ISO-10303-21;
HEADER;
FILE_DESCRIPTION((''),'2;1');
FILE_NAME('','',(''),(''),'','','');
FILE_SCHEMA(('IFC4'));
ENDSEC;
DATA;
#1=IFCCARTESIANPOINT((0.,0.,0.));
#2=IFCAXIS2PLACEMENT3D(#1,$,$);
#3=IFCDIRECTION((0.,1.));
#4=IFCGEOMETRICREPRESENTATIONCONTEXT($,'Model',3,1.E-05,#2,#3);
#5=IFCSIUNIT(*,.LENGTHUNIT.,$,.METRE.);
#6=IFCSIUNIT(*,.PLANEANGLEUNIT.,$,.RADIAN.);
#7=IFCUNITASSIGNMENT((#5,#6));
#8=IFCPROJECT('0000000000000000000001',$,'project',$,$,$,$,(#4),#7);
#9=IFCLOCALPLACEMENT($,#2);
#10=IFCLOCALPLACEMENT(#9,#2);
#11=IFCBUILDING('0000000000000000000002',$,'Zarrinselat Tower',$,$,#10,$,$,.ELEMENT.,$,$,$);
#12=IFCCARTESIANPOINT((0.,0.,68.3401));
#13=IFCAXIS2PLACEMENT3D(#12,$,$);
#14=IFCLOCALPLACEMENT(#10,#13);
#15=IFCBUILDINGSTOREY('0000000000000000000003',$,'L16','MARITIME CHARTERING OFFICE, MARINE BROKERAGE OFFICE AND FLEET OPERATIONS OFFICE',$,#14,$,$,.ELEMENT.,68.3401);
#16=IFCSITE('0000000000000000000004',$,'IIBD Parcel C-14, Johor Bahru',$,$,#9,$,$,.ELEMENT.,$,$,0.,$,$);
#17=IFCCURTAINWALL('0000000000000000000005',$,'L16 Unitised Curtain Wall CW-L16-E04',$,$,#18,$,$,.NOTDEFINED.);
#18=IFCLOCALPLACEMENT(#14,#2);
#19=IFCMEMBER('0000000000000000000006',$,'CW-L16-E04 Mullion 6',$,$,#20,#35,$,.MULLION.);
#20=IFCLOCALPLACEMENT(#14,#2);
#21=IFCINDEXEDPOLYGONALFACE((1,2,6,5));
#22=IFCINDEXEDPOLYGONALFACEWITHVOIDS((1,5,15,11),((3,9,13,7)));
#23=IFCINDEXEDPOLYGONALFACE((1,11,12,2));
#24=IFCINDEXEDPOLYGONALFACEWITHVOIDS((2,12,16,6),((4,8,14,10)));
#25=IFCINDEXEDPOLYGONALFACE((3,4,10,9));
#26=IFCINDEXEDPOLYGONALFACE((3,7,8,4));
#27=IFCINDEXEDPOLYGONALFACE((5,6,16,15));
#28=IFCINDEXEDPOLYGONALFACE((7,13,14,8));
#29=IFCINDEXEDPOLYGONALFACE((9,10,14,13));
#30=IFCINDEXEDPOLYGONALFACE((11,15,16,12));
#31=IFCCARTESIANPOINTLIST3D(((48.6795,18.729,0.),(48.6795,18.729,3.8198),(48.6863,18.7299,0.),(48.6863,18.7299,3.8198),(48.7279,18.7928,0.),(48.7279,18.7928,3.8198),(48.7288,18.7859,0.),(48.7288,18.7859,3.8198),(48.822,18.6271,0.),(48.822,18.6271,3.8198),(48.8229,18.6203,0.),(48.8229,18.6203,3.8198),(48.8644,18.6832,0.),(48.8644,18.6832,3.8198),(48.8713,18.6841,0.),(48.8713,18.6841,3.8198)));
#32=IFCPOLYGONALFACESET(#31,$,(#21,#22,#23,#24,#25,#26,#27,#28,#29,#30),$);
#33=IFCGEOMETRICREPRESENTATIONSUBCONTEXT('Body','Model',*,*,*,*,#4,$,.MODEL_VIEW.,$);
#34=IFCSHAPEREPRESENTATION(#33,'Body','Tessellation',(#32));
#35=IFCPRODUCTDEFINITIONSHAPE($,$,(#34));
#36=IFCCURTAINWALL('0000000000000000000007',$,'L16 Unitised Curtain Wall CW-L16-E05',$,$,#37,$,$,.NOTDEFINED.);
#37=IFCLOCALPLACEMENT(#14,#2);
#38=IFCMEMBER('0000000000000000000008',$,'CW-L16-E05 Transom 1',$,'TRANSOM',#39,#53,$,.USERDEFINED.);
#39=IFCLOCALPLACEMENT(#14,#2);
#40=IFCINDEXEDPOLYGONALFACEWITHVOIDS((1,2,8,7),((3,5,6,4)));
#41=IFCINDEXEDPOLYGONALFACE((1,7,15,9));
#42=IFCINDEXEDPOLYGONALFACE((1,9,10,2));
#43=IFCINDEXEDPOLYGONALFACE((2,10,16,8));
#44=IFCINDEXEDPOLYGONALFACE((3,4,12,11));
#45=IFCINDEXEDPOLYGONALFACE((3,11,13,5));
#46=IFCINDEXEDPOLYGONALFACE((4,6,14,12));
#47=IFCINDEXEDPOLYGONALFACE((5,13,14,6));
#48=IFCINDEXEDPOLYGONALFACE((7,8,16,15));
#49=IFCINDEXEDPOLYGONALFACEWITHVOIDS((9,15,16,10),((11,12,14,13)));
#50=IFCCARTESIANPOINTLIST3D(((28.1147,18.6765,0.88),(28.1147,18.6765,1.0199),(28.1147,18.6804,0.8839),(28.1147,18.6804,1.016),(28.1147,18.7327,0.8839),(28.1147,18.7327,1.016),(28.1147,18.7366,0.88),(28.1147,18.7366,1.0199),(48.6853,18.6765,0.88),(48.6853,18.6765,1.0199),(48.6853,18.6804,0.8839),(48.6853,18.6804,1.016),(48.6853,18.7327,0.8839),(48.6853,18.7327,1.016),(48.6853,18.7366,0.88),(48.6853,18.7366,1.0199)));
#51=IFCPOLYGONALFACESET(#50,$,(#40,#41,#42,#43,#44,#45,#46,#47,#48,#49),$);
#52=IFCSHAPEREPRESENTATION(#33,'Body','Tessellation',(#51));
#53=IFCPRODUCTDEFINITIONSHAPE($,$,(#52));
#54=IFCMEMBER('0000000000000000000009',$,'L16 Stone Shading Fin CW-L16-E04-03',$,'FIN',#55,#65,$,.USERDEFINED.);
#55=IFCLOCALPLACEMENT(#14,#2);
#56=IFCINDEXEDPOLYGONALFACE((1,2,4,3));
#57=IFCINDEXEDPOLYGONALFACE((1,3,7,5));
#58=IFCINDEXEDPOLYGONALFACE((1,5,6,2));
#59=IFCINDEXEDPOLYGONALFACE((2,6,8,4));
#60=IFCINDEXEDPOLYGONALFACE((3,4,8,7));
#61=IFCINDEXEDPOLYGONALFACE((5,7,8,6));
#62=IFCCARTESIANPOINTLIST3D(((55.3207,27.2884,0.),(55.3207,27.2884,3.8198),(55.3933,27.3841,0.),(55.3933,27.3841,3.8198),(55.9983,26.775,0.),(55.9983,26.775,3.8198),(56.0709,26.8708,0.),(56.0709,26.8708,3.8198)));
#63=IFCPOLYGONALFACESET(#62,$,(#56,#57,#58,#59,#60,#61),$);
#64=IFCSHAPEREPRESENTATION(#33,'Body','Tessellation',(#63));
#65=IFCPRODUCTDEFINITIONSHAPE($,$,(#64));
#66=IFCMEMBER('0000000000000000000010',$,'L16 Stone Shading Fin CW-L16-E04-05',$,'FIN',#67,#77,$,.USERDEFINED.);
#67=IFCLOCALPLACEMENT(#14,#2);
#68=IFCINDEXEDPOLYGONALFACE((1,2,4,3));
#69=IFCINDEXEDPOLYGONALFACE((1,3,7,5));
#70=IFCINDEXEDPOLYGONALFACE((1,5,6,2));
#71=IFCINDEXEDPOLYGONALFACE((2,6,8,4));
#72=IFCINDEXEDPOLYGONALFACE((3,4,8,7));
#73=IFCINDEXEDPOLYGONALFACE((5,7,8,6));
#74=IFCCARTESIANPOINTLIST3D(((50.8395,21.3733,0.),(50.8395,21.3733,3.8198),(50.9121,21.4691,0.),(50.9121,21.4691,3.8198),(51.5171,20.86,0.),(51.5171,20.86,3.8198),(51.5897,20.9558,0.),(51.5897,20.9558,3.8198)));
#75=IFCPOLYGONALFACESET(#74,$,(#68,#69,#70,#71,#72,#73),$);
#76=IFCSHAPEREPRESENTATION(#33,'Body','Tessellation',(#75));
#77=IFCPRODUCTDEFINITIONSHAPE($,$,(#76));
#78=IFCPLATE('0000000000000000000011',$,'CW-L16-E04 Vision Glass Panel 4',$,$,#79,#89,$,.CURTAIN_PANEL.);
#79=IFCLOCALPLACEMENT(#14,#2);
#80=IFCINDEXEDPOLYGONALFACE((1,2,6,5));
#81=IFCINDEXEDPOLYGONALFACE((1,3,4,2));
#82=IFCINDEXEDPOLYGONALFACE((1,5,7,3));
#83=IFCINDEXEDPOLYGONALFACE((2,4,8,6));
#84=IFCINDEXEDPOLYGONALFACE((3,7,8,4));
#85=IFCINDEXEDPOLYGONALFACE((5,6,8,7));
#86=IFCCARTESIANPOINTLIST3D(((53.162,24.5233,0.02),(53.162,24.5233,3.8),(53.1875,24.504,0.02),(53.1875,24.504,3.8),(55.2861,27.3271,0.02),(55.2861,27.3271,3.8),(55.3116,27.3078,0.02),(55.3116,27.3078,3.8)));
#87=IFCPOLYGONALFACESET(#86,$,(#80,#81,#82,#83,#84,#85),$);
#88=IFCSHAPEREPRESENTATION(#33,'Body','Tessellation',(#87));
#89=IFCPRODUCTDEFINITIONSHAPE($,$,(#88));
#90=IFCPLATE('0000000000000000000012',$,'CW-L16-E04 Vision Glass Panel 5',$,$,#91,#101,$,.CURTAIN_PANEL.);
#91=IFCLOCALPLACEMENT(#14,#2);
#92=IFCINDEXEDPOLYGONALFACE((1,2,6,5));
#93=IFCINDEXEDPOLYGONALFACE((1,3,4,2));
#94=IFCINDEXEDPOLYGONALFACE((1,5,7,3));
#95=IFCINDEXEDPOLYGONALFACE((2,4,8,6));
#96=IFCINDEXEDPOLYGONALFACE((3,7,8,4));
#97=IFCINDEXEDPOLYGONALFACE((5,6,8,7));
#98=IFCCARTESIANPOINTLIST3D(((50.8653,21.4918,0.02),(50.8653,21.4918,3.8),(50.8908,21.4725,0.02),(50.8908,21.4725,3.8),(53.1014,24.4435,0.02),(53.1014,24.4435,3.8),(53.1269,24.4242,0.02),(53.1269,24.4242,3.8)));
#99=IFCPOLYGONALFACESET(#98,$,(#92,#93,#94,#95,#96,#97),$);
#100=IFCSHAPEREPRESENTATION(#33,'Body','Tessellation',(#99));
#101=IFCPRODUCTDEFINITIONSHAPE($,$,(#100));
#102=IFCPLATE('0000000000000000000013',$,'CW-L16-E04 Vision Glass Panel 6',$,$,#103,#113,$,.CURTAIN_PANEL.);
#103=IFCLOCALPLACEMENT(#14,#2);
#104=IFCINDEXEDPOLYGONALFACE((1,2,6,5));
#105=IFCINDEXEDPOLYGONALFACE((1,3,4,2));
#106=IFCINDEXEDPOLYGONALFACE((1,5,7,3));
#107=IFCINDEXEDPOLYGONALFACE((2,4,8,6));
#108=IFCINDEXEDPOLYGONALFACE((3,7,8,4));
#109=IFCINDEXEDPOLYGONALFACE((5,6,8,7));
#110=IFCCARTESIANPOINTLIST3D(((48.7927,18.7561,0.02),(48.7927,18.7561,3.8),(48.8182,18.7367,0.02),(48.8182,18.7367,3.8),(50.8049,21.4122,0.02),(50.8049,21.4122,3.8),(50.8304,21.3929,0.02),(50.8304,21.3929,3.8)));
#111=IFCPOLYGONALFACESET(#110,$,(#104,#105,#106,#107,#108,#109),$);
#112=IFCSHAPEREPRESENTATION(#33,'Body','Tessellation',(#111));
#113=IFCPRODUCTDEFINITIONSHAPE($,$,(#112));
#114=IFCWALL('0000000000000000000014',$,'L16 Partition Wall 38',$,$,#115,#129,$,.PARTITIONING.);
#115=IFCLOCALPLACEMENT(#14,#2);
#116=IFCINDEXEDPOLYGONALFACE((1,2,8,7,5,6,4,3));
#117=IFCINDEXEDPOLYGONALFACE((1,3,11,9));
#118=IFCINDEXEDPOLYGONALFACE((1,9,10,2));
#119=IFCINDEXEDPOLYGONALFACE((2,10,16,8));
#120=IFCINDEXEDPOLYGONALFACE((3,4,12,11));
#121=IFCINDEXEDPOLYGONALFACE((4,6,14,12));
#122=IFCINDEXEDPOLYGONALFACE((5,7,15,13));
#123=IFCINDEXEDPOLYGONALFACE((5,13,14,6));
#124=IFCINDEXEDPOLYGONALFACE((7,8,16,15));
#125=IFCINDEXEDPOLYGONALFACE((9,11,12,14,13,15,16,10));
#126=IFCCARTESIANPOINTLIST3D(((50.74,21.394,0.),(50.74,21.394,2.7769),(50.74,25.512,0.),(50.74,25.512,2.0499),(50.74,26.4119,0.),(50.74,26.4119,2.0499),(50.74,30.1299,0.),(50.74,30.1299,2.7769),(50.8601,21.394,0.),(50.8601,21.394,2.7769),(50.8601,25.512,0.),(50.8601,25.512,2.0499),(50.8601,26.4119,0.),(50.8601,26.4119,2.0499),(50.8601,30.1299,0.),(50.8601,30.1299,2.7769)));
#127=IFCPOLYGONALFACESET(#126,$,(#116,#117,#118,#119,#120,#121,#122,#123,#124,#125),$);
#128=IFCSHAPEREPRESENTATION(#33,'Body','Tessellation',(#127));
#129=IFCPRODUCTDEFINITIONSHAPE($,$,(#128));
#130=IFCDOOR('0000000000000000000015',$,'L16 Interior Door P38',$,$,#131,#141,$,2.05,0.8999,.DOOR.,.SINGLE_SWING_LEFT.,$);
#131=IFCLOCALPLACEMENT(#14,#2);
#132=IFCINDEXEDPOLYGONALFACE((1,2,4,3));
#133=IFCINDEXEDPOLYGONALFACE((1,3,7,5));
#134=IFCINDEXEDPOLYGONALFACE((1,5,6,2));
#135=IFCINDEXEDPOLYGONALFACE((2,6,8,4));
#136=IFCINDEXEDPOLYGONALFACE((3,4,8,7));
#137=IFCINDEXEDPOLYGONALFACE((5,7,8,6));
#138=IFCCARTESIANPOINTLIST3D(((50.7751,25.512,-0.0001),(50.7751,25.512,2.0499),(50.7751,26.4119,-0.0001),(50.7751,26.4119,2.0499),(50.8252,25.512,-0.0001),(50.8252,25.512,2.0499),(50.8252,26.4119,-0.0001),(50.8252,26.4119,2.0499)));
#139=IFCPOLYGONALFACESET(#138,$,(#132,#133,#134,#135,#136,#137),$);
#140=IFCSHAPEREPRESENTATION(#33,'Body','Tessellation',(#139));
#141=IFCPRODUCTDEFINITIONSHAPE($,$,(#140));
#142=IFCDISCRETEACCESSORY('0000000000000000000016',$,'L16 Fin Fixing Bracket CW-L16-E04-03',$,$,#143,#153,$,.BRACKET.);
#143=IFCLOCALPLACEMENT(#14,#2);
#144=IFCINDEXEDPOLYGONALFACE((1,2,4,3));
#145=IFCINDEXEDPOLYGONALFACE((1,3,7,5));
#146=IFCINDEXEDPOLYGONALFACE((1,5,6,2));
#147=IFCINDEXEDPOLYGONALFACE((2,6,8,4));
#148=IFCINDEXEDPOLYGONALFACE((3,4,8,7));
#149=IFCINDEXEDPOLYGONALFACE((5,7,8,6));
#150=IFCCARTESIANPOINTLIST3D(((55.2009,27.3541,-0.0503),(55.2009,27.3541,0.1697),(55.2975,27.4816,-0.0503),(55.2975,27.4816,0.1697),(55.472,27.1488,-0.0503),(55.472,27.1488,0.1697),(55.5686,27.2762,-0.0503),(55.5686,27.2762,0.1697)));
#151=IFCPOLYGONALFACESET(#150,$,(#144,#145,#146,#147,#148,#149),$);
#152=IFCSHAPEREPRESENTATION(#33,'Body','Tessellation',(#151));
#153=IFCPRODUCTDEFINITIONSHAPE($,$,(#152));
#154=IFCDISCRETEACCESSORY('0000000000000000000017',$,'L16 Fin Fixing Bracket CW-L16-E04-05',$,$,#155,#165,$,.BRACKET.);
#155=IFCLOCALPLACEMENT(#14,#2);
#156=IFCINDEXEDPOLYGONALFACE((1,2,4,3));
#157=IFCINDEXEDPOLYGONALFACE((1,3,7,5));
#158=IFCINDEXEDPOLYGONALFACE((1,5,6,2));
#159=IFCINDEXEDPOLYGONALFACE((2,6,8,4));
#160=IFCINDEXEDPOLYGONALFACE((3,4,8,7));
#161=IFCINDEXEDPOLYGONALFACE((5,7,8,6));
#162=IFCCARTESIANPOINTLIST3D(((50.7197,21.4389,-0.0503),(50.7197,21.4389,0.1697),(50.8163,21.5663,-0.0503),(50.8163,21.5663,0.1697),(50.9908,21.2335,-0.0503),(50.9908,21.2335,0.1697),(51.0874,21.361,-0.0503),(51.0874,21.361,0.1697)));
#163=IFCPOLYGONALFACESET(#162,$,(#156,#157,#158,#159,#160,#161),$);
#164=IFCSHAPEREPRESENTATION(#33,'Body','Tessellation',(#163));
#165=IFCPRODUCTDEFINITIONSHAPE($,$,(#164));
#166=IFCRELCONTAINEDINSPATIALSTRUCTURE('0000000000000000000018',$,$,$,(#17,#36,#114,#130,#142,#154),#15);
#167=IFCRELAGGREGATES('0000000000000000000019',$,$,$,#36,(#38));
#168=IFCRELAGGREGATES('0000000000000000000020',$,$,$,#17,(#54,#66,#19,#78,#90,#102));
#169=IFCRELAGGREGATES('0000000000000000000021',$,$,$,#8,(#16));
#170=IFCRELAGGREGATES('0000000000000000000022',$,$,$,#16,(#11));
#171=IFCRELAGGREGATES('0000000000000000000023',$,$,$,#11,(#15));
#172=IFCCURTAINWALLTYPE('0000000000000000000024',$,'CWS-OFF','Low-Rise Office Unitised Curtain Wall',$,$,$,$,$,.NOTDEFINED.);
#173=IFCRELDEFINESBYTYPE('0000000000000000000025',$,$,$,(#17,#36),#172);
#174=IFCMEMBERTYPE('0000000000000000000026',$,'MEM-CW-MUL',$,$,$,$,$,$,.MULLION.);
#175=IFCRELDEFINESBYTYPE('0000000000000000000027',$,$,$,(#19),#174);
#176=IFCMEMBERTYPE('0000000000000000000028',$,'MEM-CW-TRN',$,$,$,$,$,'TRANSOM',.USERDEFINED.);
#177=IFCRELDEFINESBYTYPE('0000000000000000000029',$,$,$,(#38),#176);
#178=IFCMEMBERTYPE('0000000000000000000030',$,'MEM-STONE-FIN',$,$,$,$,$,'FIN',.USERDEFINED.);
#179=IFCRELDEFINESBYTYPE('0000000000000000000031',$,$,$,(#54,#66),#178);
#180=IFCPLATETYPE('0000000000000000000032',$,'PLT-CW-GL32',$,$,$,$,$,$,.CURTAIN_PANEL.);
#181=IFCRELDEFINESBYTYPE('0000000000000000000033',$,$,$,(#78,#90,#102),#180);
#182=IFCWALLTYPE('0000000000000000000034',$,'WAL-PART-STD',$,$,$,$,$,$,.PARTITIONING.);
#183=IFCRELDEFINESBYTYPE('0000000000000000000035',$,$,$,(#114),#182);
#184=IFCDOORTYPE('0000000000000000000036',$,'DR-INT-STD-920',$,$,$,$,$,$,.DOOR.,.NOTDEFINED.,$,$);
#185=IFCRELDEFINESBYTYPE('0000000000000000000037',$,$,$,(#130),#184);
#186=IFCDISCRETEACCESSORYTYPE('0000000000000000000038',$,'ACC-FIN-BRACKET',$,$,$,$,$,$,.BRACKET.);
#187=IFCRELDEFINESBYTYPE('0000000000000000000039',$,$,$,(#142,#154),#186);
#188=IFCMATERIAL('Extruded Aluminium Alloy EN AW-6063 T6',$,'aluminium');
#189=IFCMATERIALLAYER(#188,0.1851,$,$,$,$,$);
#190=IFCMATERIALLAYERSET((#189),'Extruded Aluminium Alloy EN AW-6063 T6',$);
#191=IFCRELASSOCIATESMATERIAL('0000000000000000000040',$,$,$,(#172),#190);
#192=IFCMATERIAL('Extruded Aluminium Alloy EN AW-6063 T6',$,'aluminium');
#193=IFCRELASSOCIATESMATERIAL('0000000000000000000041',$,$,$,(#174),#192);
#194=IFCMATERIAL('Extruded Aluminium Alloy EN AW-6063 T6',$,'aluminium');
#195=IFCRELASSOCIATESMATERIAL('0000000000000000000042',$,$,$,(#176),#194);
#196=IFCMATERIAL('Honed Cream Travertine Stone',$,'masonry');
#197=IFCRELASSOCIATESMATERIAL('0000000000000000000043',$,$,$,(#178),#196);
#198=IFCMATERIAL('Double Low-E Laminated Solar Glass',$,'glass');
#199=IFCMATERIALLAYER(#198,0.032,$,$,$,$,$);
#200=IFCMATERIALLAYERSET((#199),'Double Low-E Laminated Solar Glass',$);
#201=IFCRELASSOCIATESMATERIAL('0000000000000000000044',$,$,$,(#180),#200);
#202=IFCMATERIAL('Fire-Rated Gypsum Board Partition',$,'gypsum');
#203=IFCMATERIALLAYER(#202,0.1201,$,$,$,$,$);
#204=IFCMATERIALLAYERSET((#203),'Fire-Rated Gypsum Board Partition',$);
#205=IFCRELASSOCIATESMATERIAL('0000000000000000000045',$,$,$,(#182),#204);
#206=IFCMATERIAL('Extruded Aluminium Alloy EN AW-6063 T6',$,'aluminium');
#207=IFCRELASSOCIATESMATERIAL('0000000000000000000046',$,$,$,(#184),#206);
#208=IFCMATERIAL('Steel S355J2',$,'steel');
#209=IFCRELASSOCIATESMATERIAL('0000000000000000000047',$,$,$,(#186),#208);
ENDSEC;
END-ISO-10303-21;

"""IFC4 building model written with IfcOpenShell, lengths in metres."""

from ifc_helpers import new_model, si_unit, direction, frame, frame_2d, origin, origin_2d, place, context, subcontext, project, spatial, rectangle, hollow_rectangle, extrude, material, layer, layer_set, material_profile, profile_set, type_object, element, fill, aggregate, save


model = new_model("IFC4")

# Units and contexts
model_context = context("Model", 3, precision=1e-05, world=origin(), true_north=direction((0.0, 1.0)))
body_context = subcontext(model_context, "Body", "Model", "MODEL_VIEW")
ifc_project = project(units=[si_unit("LENGTHUNIT", "METRE"), si_unit("PLANEANGLEUNIT", "RADIAN")], contexts=[model_context])

# Site, building, storey
site_placement = place(None, origin())
site = spatial("IfcSite", under=ifc_project, at=site_placement, Name="IIBD Parcel C-14, Johor Bahru", CompositionType="ELEMENT", RefElevation=0.0)
building_placement = place(site_placement, origin())
building = spatial("IfcBuilding", under=site, at=building_placement, Name="Zarrinselat Tower", CompositionType="ELEMENT")
storey_placement = place(building_placement, frame((0.0, 0.0, 68.3401)))
storey = spatial("IfcBuildingStorey", under=building, at=storey_placement, Name="L16", Description="MARITIME CHARTERING OFFICE, MARINE BROKERAGE OFFICE AND FLEET OPERATIONS OFFICE", CompositionType="ELEMENT", Elevation=68.3401)

# Curtain wall, member
ifc_material_1 = material(Name="Extruded Aluminium Alloy EN AW-6063 T6", Category="aluminium")
ifc_layer_1 = layer(ifc_material_1, 0.1851)
ifc_layer_set_1 = layer_set([ifc_layer_1], Name="Extruded Aluminium Alloy EN AW-6063 T6")
curtain_wall_type = type_object("IfcCurtainWallType", Name="CWS-OFF", Description="Low-Rise Office Unitised Curtain Wall", PredefinedType="NOTDEFINED", material=ifc_layer_set_1)
curtain_wall_1_placement = place(storey_placement, origin())
curtain_wall_1 = element("IfcCurtainWall", 1, at=curtain_wall_1_placement, inside=storey, type_object=curtain_wall_type, Name="L16 Unitised Curtain Wall CW-L16-E04", PredefinedType="NOTDEFINED")
ifc_material_2 = material(Name="Extruded Aluminium Alloy EN AW-6063 T6", Category="aluminium")
ifc_material_profile_1 = material_profile(ifc_material_2, hollow_rectangle(XDim=0.0801, YDim=0.1799, WallThickness=0.0049, at=origin_2d()), Name="RHS 180x80x5")
ifc_profile_set_1 = profile_set([ifc_material_profile_1], Name="Extruded Aluminium Alloy EN AW-6063 T6")
member_type_1 = type_object("IfcMemberType", Name="MEM-CW-MUL", PredefinedType="MULLION", material=ifc_profile_set_1)
member_1_placement = place(storey_placement, frame((48.7754, 18.7065, 0.0), z_axis=(0.0, 0.0, 1.0), x_axis=(-0.603859, -0.797091, 0.0)))
member_1 = element("IfcMember", 2, at=member_1_placement, type_object=member_type_1, Name="CW-L16-E04 Mullion 6", PredefinedType="MULLION", context=body_context, shape_type="SweptSolid", body=[
    extrude(hollow_rectangle(XDim=0.0801, YDim=0.1799, WallThickness=0.0049, at=origin_2d()), origin(), (0.0, 0.0, 1.0), 3.8198),
])

# Curtain wall, member
curtain_wall_2_placement = place(storey_placement, origin())
curtain_wall_2 = element("IfcCurtainWall", 3, at=curtain_wall_2_placement, inside=storey, type_object=curtain_wall_type, Name="L16 Unitised Curtain Wall CW-L16-E05", PredefinedType="NOTDEFINED")
ifc_material_3 = material(Name="Extruded Aluminium Alloy EN AW-6063 T6", Category="aluminium")
ifc_material_profile_2 = material_profile(ifc_material_3, hollow_rectangle(XDim=0.0601, YDim=0.1399, WallThickness=0.0039, at=origin_2d()), Name="RHS 140x60x4")
ifc_profile_set_2 = profile_set([ifc_material_profile_2], Name="Extruded Aluminium Alloy EN AW-6063 T6")
member_type_2 = type_object("IfcMemberType", Name="MEM-CW-TRN", ElementType="TRANSOM", PredefinedType="USERDEFINED", material=ifc_profile_set_2)
member_2_placement = place(storey_placement, frame((48.6853, 18.7065, 0.95), z_axis=(-1.0, 0.0, 0.0), x_axis=(0.0, -1.0, 0.0)))
member_2 = element("IfcMember", 4, at=member_2_placement, type_object=member_type_2, Name="CW-L16-E05 Transom 1", ObjectType="TRANSOM", PredefinedType="USERDEFINED", context=body_context, shape_type="SweptSolid", body=[
    extrude(hollow_rectangle(XDim=0.0601, YDim=0.1399, WallThickness=0.0039, at=origin_2d()), origin(), (0.0, 0.0, 1.0), 20.5706),
])
aggregate(curtain_wall_2, [member_2])

# Members
ifc_material_4 = material(Name="Honed Cream Travertine Stone", Category="masonry")
ifc_material_profile_3 = material_profile(ifc_material_4, rectangle(XDim=0.1201, YDim=0.8501, at=origin_2d()), Name="FIN 850x120")
ifc_profile_set_3 = profile_set([ifc_material_profile_3], Name="Honed Cream Travertine Stone")
member_type_3 = type_object("IfcMemberType", Name="MEM-STONE-FIN", ElementType="FIN", PredefinedType="USERDEFINED", material=ifc_profile_set_3)
member_3_placement = place(storey_placement, frame((55.6958, 27.0796, 0.0), z_axis=(0.0, 0.0, 1.0), x_axis=(-0.603859, -0.797091, 0.0)))
member_3 = element("IfcMember", 5, at=member_3_placement, type_object=member_type_3, Name="L16 Stone Shading Fin CW-L16-E04-03", ObjectType="FIN", PredefinedType="USERDEFINED", context=body_context, shape_type="SweptSolid", body=[
    extrude(rectangle(XDim=0.1201, YDim=0.8501, at=origin_2d()), origin(), (0.0, 0.0, 1.0), 3.8198),
])
member_4_placement = place(storey_placement, frame((51.2146, 21.1646, 0.0), z_axis=(0.0, 0.0, 1.0), x_axis=(-0.603859, -0.797091, 0.0)))
member_4 = element("IfcMember", 6, at=member_4_placement, type_object=member_type_3, Name="L16 Stone Shading Fin CW-L16-E04-05", ObjectType="FIN", PredefinedType="USERDEFINED", context=body_context, shape_type="SweptSolid", body=[
    extrude(rectangle(XDim=0.1201, YDim=0.8501, at=origin_2d()), origin(), (0.0, 0.0, 1.0), 3.8198),
])

# Plates
ifc_material_5 = material(Name="Double Low-E Laminated Solar Glass", Category="glass")
ifc_layer_2 = layer(ifc_material_5, 0.032)
ifc_layer_set_2 = layer_set([ifc_layer_2], Name="Double Low-E Laminated Solar Glass")
plate_type = type_object("IfcPlateType", Name="PLT-CW-GL32", PredefinedType="CURTAIN_PANEL", material=ifc_layer_set_2)
plate_1_placement = place(storey_placement, frame((54.2368, 25.9155, 0.02), z_axis=(0.0, 0.0, 1.0), x_axis=(-0.603859, -0.797091, 0.0)))
plate_1 = element("IfcPlate", 7, at=plate_1_placement, type_object=plate_type, Name="CW-L16-E04 Vision Glass Panel 4", PredefinedType="CURTAIN_PANEL", context=body_context, shape_type="SweptSolid", body=[
    extrude(rectangle(XDim=3.5176, YDim=0.032, at=origin_2d()), origin(), (0.0, 0.0, 1.0), 3.78),
])
plate_2_placement = place(storey_placement, frame((51.9961, 22.958, 0.02), z_axis=(0.0, 0.0, 1.0), x_axis=(-0.603859, -0.797091, 0.0)))
plate_2 = element("IfcPlate", 8, at=plate_2_placement, type_object=plate_type, Name="CW-L16-E04 Vision Glass Panel 5", PredefinedType="CURTAIN_PANEL", context=body_context, shape_type="SweptSolid", body=[
    extrude(rectangle(XDim=3.7031, YDim=0.032, at=origin_2d()), origin(), (0.0, 0.0, 1.0), 3.78),
])
plate_3_placement = place(storey_placement, frame((49.8115, 20.0745, 0.02), z_axis=(0.0, 0.0, 1.0), x_axis=(-0.603859, -0.797091, 0.0)))
plate_3 = element("IfcPlate", 9, at=plate_3_placement, type_object=plate_type, Name="CW-L16-E04 Vision Glass Panel 6", PredefinedType="CURTAIN_PANEL", context=body_context, shape_type="SweptSolid", body=[
    extrude(rectangle(XDim=3.3323, YDim=0.032, at=origin_2d()), origin(), (0.0, 0.0, 1.0), 3.78),
])
aggregate(curtain_wall_1, [member_3, member_4, member_1, plate_1, plate_2, plate_3])

# Wall, opening, door
ifc_material_6 = material(Name="Fire-Rated Gypsum Board Partition", Category="gypsum")
ifc_layer_3 = layer(ifc_material_6, 0.1201)
ifc_layer_set_3 = layer_set([ifc_layer_3], Name="Fire-Rated Gypsum Board Partition")
wall_type = type_object("IfcWallType", Name="WAL-PART-STD", PredefinedType="PARTITIONING", material=ifc_layer_set_3)
wall_placement = place(storey_placement, frame((50.8, 21.394, 0.0), z_axis=(0.0, 0.0, 1.0), x_axis=(0.0, 1.0, 0.0)))
wall = element("IfcWall", 10, at=wall_placement, inside=storey, type_object=wall_type, Name="L16 Partition Wall 38", PredefinedType="PARTITIONING", context=body_context, shape_type="SweptSolid", body=[
    extrude(rectangle(XDim=8.7358, YDim=0.1201, at=frame_2d((4.3679, 0.0))), origin(), (0.0, 0.0, 1.0), 2.7769),
])
opening_placement = place(wall_placement, frame((4.1179, 0.0, 0.0)))
opening = element("IfcOpeningElement", 11, at=opening_placement, cuts=wall, PredefinedType="OPENING", context=body_context, shape_type="SweptSolid", body=[
    extrude(rectangle(XDim=0.8999, YDim=2.05, at=frame_2d((0.45, 1.0249))), frame((0.0, 0.0701, 0.0), z_axis=(0.0, -1.0, 0.0), x_axis=(1.0, 0.0, 0.0)), (0.0, 0.0, 1.0), 0.1401),
])
ifc_material_7 = material(Name="Extruded Aluminium Alloy EN AW-6063 T6", Category="aluminium")
door_type = type_object("IfcDoorType", Name="DR-INT-STD-920", OperationType="NOTDEFINED", PredefinedType="DOOR", material=ifc_material_7)
door_placement = place(opening_placement, origin())
door = element("IfcDoor", 12, at=door_placement, inside=storey, type_object=door_type, Name="L16 Interior Door P38", OperationType="SINGLE_SWING_LEFT", OverallHeight=2.05, OverallWidth=0.8999, PredefinedType="DOOR", context=body_context, shape_type="SweptSolid", body=[
    extrude(rectangle(XDim=0.8999, YDim=2.05, at=frame_2d((0.45, 1.0249))), frame((0.0, 0.0249, 0.0), z_axis=(0.0, -1.0, 0.0), x_axis=(1.0, 0.0, 0.0)), (0.0, 0.0, 1.0), 0.05),
])
fill(opening, door)

# Discrete accessories
ifc_material_8 = material(Name="Steel S355J2", Category="steel")
discrete_accessory_type = type_object("IfcDiscreteAccessoryType", Name="ACC-FIN-BRACKET", PredefinedType="BRACKET", material=ifc_material_8)
for number, where, z_axis, x_axis, name in (
    (13, (55.3848, 27.3152, -0.0503), (0.0, 0.0, 1.0), (0.797091, -0.603859, 0.0), "L16 Fin Fixing Bracket CW-L16-E04-03"),
    (14, (50.9036, 21.3999, -0.0503), (0.0, 0.0, 1.0), (0.797091, -0.603859, 0.0), "L16 Fin Fixing Bracket CW-L16-E04-05"),
):
    element("IfcDiscreteAccessory", number, at=place(storey_placement, frame(where, z_axis=z_axis, x_axis=x_axis)), inside=storey, type_object=discrete_accessory_type, Name=name, PredefinedType="BRACKET", context=body_context, shape_type="SweptSolid", body=[
        extrude(rectangle(XDim=0.3401, YDim=0.1599, at=origin_2d()), origin(), (0.0, 0.0, 1.0), 0.22),
    ])

save(model, "model.ifc")
